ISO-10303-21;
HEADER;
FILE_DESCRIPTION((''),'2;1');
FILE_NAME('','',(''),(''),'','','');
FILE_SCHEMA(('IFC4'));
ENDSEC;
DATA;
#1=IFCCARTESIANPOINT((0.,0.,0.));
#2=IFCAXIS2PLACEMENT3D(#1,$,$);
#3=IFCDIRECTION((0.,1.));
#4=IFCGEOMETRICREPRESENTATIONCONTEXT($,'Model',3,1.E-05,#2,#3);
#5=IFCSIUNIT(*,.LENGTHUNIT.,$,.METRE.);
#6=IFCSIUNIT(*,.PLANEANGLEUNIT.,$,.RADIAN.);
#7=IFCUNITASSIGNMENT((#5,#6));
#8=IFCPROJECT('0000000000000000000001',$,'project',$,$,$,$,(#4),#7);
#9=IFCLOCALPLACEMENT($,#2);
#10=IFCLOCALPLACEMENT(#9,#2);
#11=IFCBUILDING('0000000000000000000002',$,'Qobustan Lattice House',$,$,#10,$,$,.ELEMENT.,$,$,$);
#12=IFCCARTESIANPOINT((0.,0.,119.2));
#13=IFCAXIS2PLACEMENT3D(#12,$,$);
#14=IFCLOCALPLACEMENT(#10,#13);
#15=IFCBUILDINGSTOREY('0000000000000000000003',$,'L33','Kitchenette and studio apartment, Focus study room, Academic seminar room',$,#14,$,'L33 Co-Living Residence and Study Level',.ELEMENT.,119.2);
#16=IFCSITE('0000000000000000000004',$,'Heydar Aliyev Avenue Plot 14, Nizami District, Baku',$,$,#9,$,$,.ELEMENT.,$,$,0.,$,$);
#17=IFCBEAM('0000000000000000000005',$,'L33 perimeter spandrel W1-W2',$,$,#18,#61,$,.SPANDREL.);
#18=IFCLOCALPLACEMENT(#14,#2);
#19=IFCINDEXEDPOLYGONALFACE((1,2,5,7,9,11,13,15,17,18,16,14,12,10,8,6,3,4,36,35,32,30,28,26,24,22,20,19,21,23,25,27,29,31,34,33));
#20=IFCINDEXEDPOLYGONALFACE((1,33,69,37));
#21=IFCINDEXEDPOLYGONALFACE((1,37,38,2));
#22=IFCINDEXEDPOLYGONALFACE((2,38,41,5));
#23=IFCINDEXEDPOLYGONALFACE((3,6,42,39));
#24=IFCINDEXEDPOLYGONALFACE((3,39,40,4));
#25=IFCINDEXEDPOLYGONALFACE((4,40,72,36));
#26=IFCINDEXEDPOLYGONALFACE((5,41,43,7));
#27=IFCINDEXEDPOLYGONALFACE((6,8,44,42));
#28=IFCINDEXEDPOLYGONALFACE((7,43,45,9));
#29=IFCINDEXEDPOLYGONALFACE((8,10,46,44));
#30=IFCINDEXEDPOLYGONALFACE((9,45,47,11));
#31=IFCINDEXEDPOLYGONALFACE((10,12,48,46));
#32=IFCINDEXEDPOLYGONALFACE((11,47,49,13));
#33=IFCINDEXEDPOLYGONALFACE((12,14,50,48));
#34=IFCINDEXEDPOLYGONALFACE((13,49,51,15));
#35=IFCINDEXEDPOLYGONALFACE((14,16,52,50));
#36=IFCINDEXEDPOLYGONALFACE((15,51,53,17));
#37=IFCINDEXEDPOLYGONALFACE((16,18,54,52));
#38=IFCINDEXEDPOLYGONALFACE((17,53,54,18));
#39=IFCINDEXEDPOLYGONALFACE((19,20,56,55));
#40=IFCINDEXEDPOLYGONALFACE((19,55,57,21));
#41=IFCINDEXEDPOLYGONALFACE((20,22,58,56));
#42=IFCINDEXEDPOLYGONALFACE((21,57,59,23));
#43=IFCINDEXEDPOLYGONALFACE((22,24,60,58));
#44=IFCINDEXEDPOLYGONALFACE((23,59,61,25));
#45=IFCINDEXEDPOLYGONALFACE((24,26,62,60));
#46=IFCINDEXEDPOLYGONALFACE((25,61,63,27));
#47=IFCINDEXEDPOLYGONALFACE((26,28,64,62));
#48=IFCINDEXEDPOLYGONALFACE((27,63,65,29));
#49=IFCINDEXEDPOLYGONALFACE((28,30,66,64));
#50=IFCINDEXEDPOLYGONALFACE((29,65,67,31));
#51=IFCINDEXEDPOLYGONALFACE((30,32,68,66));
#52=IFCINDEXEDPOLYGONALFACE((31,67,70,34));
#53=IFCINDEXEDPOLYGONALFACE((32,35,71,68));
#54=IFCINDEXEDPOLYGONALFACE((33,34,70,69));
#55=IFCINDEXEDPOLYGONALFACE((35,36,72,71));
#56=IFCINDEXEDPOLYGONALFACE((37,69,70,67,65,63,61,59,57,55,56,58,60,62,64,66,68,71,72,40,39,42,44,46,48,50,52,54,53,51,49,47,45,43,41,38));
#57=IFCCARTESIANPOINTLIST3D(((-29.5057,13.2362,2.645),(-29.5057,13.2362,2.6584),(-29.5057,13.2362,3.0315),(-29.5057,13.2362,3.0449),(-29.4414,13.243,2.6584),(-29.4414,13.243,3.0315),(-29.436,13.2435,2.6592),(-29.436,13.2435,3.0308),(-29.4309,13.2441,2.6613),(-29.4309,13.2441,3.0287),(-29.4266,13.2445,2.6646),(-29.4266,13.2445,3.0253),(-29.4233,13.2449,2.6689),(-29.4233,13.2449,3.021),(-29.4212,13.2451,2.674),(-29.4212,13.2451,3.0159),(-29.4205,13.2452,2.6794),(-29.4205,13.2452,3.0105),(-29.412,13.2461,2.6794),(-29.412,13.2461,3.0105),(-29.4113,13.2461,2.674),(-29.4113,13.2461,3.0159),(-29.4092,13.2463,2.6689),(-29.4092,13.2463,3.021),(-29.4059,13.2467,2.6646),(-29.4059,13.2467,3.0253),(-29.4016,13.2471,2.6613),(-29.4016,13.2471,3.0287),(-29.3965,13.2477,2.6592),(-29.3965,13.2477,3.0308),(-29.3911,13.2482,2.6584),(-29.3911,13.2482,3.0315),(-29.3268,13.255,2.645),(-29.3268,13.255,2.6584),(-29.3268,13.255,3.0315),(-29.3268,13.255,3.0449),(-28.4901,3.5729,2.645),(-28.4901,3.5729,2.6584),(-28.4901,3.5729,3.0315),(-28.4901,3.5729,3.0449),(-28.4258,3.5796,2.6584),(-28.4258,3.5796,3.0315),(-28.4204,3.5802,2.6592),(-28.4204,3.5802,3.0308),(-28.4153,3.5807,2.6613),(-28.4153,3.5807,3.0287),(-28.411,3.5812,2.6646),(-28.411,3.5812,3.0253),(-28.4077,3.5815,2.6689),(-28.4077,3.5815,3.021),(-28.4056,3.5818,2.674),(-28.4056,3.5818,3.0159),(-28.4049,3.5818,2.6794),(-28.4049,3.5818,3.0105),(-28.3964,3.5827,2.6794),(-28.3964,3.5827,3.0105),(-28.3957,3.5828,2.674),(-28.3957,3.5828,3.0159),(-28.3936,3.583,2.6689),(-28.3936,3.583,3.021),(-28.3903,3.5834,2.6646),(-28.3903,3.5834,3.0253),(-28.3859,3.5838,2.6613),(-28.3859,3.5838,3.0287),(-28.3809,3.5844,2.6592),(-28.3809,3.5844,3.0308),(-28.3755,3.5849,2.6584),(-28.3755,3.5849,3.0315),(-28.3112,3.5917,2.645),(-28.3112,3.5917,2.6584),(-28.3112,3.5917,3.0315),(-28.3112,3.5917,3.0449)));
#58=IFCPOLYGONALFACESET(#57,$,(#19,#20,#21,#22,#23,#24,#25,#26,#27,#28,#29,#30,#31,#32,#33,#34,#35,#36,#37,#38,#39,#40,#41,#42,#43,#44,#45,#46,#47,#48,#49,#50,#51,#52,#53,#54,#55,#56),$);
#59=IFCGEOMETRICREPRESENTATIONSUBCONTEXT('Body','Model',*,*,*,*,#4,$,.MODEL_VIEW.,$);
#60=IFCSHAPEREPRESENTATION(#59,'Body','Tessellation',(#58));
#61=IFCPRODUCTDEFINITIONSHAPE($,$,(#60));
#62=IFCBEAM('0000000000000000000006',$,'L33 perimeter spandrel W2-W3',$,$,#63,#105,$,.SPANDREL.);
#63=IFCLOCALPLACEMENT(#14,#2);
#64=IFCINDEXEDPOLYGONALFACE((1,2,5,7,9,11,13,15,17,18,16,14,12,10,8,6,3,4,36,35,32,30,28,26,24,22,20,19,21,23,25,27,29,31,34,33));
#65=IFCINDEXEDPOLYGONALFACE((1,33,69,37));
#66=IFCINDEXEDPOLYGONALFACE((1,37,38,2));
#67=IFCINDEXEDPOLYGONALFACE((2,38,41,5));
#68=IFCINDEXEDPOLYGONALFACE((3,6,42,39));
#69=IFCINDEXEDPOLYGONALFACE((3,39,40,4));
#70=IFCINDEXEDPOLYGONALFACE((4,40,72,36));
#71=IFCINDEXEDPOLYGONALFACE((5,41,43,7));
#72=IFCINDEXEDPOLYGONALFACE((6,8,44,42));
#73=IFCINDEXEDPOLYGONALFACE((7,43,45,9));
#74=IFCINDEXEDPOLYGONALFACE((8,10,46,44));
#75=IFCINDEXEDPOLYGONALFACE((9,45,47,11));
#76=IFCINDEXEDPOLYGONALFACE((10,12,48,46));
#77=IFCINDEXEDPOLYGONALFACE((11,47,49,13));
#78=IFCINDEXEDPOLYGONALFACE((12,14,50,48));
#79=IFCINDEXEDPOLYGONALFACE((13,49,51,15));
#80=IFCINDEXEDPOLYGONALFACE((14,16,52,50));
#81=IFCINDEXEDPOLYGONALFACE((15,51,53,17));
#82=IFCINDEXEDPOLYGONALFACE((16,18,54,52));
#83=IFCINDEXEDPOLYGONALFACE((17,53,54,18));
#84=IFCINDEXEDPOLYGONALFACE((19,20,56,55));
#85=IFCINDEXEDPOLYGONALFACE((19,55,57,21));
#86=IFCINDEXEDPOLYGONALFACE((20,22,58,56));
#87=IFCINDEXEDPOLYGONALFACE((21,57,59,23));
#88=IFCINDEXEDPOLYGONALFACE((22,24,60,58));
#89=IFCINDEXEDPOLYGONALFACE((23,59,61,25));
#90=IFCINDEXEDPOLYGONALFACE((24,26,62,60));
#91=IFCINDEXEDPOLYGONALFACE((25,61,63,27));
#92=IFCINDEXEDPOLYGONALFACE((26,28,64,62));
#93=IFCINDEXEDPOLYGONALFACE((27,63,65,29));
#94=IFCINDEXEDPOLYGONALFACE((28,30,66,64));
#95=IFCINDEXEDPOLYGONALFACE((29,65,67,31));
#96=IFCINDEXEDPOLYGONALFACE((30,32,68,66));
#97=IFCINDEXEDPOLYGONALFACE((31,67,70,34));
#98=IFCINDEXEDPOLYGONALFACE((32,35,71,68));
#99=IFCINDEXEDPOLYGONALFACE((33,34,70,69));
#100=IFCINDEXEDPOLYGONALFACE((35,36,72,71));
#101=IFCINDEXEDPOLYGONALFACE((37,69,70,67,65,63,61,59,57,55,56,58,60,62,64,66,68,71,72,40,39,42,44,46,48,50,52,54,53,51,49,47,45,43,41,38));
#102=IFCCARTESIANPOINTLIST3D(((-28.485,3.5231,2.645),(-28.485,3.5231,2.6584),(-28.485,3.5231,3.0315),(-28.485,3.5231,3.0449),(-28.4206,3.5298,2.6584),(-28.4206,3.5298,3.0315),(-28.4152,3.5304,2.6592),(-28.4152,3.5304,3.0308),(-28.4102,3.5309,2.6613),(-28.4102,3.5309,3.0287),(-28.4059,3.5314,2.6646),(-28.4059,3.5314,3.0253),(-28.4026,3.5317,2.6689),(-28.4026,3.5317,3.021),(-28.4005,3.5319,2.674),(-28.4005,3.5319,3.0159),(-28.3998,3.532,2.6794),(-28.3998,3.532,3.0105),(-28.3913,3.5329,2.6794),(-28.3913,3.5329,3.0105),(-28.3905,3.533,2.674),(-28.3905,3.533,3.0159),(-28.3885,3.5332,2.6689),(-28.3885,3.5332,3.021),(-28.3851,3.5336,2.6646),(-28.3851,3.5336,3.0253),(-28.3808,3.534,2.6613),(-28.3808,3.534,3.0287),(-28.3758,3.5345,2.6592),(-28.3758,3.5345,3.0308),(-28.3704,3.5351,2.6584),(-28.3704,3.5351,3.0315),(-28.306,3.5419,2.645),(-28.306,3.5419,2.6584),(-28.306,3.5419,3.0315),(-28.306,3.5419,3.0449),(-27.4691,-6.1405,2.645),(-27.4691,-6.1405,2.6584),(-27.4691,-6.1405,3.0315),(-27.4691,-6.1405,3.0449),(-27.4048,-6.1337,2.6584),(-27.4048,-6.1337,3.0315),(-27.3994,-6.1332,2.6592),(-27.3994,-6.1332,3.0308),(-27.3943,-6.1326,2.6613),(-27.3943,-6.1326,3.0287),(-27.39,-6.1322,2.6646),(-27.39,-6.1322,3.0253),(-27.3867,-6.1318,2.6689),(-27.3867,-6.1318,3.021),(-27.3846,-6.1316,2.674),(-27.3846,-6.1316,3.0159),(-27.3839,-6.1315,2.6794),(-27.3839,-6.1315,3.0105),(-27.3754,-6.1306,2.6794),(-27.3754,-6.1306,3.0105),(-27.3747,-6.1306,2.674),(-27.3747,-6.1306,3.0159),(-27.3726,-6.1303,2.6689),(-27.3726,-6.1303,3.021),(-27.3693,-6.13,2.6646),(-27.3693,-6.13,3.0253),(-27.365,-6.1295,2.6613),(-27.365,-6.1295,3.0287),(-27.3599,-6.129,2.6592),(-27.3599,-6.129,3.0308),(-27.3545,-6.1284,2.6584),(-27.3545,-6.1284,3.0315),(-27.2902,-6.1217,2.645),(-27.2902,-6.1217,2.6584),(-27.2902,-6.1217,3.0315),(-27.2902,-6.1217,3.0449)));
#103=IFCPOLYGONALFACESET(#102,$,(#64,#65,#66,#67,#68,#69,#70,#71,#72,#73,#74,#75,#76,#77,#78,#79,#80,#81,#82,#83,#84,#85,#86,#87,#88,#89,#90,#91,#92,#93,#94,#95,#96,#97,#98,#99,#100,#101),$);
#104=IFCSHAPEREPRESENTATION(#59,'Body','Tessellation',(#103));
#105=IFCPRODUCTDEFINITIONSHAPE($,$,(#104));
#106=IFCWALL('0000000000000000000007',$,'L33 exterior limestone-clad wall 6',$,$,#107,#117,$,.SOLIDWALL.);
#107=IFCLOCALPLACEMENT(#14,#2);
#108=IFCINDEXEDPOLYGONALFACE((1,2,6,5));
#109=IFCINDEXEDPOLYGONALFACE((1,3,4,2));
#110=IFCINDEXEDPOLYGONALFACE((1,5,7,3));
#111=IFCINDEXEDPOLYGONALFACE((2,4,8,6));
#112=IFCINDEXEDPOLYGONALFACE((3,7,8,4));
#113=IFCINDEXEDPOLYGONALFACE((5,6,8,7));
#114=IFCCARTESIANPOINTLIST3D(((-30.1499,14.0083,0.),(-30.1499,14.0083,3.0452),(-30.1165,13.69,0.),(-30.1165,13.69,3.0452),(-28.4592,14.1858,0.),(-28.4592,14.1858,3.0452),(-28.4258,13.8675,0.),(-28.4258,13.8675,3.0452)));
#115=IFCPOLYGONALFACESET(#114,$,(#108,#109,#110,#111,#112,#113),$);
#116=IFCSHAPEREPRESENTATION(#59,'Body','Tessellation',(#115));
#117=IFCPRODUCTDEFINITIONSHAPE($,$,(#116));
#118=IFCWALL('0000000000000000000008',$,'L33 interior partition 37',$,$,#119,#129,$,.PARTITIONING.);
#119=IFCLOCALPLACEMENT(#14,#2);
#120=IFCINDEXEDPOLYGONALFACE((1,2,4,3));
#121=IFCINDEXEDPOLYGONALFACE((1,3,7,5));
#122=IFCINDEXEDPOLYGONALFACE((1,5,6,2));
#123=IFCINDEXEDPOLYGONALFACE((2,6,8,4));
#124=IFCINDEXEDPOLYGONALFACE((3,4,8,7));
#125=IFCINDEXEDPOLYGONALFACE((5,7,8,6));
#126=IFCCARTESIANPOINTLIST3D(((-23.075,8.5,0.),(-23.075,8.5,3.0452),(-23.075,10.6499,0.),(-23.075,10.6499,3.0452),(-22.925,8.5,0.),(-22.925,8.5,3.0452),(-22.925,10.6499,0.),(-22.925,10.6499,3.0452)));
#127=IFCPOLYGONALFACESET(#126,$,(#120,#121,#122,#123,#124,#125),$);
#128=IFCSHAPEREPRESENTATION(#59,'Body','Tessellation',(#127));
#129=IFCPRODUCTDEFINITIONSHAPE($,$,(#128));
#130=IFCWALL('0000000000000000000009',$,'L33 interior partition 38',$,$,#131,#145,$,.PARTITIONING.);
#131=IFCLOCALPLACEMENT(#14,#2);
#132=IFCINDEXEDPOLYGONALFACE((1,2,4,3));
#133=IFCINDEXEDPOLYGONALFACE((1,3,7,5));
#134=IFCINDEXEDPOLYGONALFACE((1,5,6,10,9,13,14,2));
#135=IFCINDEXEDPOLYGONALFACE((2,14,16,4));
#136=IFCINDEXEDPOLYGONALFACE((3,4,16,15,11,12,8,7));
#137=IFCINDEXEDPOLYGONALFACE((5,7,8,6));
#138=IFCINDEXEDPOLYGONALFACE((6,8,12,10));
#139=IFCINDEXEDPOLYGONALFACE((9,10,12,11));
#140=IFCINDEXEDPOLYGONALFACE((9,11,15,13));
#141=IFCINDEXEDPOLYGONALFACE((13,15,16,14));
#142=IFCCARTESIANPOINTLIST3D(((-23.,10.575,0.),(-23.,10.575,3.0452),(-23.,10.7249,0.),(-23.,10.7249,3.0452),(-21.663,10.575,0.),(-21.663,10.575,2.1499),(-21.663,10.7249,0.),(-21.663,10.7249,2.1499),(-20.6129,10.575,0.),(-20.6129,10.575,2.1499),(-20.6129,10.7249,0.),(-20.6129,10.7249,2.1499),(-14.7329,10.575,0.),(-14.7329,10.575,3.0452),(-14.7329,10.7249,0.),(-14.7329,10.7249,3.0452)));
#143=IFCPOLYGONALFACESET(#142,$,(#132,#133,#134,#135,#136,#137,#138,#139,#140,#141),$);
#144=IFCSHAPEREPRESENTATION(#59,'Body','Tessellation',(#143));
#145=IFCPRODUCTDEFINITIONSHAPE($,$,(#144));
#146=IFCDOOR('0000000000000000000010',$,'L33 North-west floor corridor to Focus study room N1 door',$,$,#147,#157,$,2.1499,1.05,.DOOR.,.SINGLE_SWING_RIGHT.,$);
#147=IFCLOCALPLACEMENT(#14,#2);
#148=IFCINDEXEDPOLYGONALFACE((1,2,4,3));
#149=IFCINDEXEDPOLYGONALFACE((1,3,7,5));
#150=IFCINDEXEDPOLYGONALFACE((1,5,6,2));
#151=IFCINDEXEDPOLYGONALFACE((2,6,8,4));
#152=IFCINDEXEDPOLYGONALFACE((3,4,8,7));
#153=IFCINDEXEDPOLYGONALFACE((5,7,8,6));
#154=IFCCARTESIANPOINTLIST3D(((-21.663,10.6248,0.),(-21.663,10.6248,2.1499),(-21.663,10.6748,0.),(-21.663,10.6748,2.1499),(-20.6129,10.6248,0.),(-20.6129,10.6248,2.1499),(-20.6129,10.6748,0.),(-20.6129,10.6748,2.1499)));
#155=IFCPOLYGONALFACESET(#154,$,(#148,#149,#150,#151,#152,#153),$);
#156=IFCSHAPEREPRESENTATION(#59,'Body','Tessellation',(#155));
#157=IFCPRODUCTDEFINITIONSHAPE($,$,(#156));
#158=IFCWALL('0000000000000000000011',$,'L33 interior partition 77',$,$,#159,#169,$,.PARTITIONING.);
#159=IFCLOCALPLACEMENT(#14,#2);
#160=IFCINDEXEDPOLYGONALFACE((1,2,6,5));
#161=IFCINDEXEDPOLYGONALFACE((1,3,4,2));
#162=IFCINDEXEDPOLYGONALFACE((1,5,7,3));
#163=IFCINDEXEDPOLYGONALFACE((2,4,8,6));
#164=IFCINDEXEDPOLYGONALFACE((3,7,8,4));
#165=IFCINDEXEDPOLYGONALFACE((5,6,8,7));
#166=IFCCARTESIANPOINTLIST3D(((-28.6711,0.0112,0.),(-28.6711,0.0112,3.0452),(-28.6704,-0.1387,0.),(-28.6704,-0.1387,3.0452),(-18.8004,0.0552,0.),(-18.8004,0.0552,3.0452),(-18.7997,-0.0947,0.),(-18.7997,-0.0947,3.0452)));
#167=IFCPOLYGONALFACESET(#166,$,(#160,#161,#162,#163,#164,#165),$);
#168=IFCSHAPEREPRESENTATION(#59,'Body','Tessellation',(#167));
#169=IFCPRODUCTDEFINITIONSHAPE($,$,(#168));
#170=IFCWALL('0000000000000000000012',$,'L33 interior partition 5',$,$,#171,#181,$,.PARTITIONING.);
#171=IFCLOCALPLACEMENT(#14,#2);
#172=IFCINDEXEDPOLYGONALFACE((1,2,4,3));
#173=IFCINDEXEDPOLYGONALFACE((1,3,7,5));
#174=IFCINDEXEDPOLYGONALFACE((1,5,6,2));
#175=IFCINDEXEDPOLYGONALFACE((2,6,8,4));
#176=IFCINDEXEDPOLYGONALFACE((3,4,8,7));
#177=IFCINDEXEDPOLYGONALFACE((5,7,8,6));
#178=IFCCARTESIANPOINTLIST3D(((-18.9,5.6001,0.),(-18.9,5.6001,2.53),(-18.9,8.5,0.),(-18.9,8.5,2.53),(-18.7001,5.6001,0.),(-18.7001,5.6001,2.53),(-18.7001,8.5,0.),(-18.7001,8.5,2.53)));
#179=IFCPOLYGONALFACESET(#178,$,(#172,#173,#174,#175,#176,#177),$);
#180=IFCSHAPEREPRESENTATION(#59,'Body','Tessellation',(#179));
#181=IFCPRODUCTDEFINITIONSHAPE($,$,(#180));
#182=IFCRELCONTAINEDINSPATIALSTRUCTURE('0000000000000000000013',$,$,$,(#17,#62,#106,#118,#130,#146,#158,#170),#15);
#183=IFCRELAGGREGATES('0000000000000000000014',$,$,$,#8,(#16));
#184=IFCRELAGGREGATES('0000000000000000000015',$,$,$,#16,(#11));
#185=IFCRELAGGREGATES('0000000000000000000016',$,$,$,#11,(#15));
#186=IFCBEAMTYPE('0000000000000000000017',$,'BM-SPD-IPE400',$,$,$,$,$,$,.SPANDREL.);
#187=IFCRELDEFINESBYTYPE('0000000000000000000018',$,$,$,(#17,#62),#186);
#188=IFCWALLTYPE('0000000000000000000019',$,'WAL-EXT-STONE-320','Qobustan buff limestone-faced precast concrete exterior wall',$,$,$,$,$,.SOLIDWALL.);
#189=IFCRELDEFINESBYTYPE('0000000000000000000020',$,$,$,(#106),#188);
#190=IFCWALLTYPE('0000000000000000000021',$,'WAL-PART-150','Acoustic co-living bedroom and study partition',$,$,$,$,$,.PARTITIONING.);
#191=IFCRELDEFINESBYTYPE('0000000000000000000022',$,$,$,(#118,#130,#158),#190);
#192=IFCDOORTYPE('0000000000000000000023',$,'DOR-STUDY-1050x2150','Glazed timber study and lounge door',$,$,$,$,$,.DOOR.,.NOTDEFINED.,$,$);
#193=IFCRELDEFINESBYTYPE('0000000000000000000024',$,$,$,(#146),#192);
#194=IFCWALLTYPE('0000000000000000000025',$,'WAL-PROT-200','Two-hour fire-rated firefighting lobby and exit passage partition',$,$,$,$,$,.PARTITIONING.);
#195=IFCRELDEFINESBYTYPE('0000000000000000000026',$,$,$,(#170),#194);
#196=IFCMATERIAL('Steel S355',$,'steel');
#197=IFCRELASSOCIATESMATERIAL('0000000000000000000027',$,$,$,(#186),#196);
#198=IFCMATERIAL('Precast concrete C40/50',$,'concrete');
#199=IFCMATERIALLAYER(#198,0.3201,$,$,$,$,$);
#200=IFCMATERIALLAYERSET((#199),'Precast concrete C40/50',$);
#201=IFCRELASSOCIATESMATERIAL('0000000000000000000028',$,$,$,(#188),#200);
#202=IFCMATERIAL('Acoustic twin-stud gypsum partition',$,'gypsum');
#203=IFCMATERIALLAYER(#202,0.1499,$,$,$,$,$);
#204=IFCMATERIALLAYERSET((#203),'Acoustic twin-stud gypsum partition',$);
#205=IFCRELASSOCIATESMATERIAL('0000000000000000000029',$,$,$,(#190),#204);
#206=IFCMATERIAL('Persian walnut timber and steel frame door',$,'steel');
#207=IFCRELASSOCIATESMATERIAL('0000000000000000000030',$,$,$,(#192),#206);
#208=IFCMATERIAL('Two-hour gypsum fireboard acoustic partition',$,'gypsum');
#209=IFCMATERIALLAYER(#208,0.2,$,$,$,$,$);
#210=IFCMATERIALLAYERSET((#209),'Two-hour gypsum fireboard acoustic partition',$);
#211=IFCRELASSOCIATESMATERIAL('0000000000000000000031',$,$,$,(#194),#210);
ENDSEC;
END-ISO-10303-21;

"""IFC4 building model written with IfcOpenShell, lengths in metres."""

from ifc_helpers import new_model, si_unit, direction, frame, frame_2d, origin, origin_2d, place, context, subcontext, project, spatial, rectangle, i_section, extrude, material, layer, layer_set, material_profile, profile_set, type_object, element, fill, save


model = new_model("IFC4")

# Units and contexts
model_context = context("Model", 3, precision=1e-05, world=origin(), true_north=direction((0.0, 1.0)))
body_context = subcontext(model_context, "Body", "Model", "MODEL_VIEW")
ifc_project = project(units=[si_unit("LENGTHUNIT", "METRE"), si_unit("PLANEANGLEUNIT", "RADIAN")], contexts=[model_context])

# Site, building, storey
site_placement = place(None, origin())
site = spatial("IfcSite", under=ifc_project, at=site_placement, Name="Heydar Aliyev Avenue Plot 14, Nizami District, Baku", CompositionType="ELEMENT", RefElevation=0.0)
building_placement = place(site_placement, origin())
building = spatial("IfcBuilding", under=site, at=building_placement, Name="Qobustan Lattice House", CompositionType="ELEMENT")
storey_placement = place(building_placement, frame((0.0, 0.0, 119.2)))
storey = spatial("IfcBuildingStorey", under=building, at=storey_placement, Name="L33", Description="Kitchenette and studio apartment, Focus study room, Academic seminar room", LongName="L33 Co-Living Residence and Study Level", CompositionType="ELEMENT", Elevation=119.2)

# Beams
ifc_material_1 = material(Name="Steel S355", Category="steel")
ifc_material_profile_1 = material_profile(ifc_material_1, i_section(OverallWidth=0.1799, OverallDepth=0.3999, WebThickness=0.0085, FlangeThickness=0.0134, FilletRadius=0.021, at=origin_2d()), Name="IPE400")
ifc_profile_set_1 = profile_set([ifc_material_profile_1], Name="Steel S355")
beam_type_1 = type_object("IfcBeamType", Name="BM-SPD-IPE400", PredefinedType="SPANDREL", material=ifc_profile_set_1)
beam_1_placement = place(storey_placement, frame((-29.4163, 13.2456, 2.845), z_axis=(0.104525, -0.994522, 0.0), x_axis=(0.994522, 0.104525, 0.0)))
element("IfcBeam", 1, at=beam_1_placement, inside=storey, type_object=beam_type_1, Name="L33 perimeter spandrel W1-W2", PredefinedType="SPANDREL", context=body_context, shape_type="SweptSolid", body=[
    extrude(i_section(OverallWidth=0.1799, OverallDepth=0.3999, WebThickness=0.0085, FlangeThickness=0.0134, FilletRadius=0.021, at=origin_2d()), origin(), (0.0, 0.0, 1.0), 9.7166),
])
beam_2_placement = place(storey_placement, frame((-28.3955, 3.5325, 2.845), z_axis=(0.104547, -0.99452, 0.0), x_axis=(0.99452, 0.104547, 0.0)))
element("IfcBeam", 2, at=beam_2_placement, inside=storey, type_object=beam_type_1, Name="L33 perimeter spandrel W2-W3", PredefinedType="SPANDREL", context=body_context, shape_type="SweptSolid", body=[
    extrude(i_section(OverallWidth=0.1799, OverallDepth=0.3999, WebThickness=0.0085, FlangeThickness=0.0134, FilletRadius=0.021, at=origin_2d()), origin(), (0.0, 0.0, 1.0), 9.7168),
])

# Wall
ifc_material_2 = material(Name="Precast concrete C40/50", Category="concrete")
ifc_layer_1 = layer(ifc_material_2, 0.3201)
ifc_layer_set_1 = layer_set([ifc_layer_1], Name="Precast concrete C40/50")
wall_type_1 = type_object("IfcWallType", Name="WAL-EXT-STONE-320", Description="Qobustan buff limestone-faced precast concrete exterior wall", PredefinedType="SOLIDWALL", material=ifc_layer_set_1)
wall_1_placement = place(storey_placement, frame((-30.1333, 13.8491, 0.0), z_axis=(0.0, 0.0, 1.0), x_axis=(0.994535, 0.104408, 0.0)))
element("IfcWall", 3, at=wall_1_placement, inside=storey, type_object=wall_type_1, Name="L33 exterior limestone-clad wall 6", PredefinedType="SOLIDWALL", context=body_context, shape_type="SweptSolid", body=[
    extrude(rectangle(XDim=1.7, YDim=0.3201, at=frame_2d((0.8501, 0.0))), origin(), (0.0, 0.0, 1.0), 3.0452),
])

# Shared definitions
ifc_material_3 = material(Name="Acoustic twin-stud gypsum partition", Category="gypsum")
ifc_layer_2 = layer(ifc_material_3, 0.1499)
ifc_layer_set_2 = layer_set([ifc_layer_2], Name="Acoustic twin-stud gypsum partition")
wall_type_2 = type_object("IfcWallType", Name="WAL-PART-150", Description="Acoustic co-living bedroom and study partition", PredefinedType="PARTITIONING", material=ifc_layer_set_2)
ifc_material_4 = material(Name="Persian walnut timber and steel frame door", Category="steel")
door_type_1 = type_object("IfcDoorType", Name="DOR-STUDY-1050x2150", Description="Glazed timber study and lounge door", OperationType="NOTDEFINED", PredefinedType="DOOR", material=ifc_material_4)

# Wall
wall_2_placement = place(storey_placement, frame((-23.0, 8.5, 0.0), z_axis=(0.0, 0.0, 1.0), x_axis=(0.0, 1.0, 0.0)))
element("IfcWall", 4, at=wall_2_placement, inside=storey, type_object=wall_type_2, Name="L33 interior partition 37", PredefinedType="PARTITIONING", context=body_context, shape_type="SweptSolid", body=[
    extrude(rectangle(XDim=2.1499, YDim=0.1499, at=frame_2d((1.075, 0.0))), origin(), (0.0, 0.0, 1.0), 3.0452),
])

# Wall, opening, door
wall_3_placement = place(storey_placement, frame((-23.0, 10.6499, 0.0), z_axis=(0.0, 0.0, 1.0), x_axis=(1.0, 0.0, 0.0)))
wall_3 = element("IfcWall", 5, at=wall_3_placement, inside=storey, type_object=wall_type_2, Name="L33 interior partition 38", PredefinedType="PARTITIONING", context=body_context, shape_type="SweptSolid", body=[
    extrude(rectangle(XDim=8.2671, YDim=0.1499, at=frame_2d((4.1335, 0.0))), origin(), (0.0, 0.0, 1.0), 3.0452),
])
opening_1_placement = place(wall_3_placement, frame((1.3372, 0.0, 0.0)))
opening_1 = element("IfcOpeningElement", 6, at=opening_1_placement, cuts=wall_3, PredefinedType="OPENING", context=body_context, shape_type="SweptSolid", body=[
    extrude(rectangle(XDim=1.05, YDim=2.1499, at=frame_2d((0.5249, 1.075))), frame((0.0, 0.085, 0.0), z_axis=(0.0, -1.0, 0.0), x_axis=(1.0, 0.0, 0.0)), (0.0, 0.0, 1.0), 0.1699),
])
door_1_placement = place(opening_1_placement, origin())
door_1 = element("IfcDoor", 7, at=door_1_placement, inside=storey, type_object=door_type_1, Name="L33 North-west floor corridor to Focus study room N1 door", OperationType="SINGLE_SWING_RIGHT", OverallHeight=2.1499, OverallWidth=1.05, PredefinedType="DOOR", context=body_context, shape_type="SweptSolid", body=[
    extrude(rectangle(XDim=1.05, YDim=2.1499, at=frame_2d((0.5249, 1.075))), frame((0.0, 0.0249, 0.0), z_axis=(0.0, -1.0, 0.0), x_axis=(1.0, 0.0, 0.0)), (0.0, 0.0, 1.0), 0.05),
])
fill(opening_1, door_1)

# Walls
wall_4_placement = place(storey_placement, frame((-28.6709, -0.0637, 0.0), z_axis=(0.0, 0.0, 1.0), x_axis=(0.99999, 0.004452, 0.0)))
element("IfcWall", 8, at=wall_4_placement, inside=storey, type_object=wall_type_2, Name="L33 interior partition 77", PredefinedType="PARTITIONING", context=body_context, shape_type="SweptSolid", body=[
    extrude(rectangle(XDim=9.8708, YDim=0.1499, at=frame_2d((4.9355, 0.0))), origin(), (0.0, 0.0, 1.0), 3.0452),
])
ifc_material_5 = material(Name="Two-hour gypsum fireboard acoustic partition", Category="gypsum")
ifc_layer_3 = layer(ifc_material_5, 0.2)
ifc_layer_set_3 = layer_set([ifc_layer_3], Name="Two-hour gypsum fireboard acoustic partition")
wall_type_3 = type_object("IfcWallType", Name="WAL-PROT-200", Description="Two-hour fire-rated firefighting lobby and exit passage partition", PredefinedType="PARTITIONING", material=ifc_layer_set_3)
wall_5_placement = place(storey_placement, frame((-18.8, 8.5, 0.0), z_axis=(0.0, 0.0, 1.0), x_axis=(0.0, -1.0, 0.0)))
element("IfcWall", 9, at=wall_5_placement, inside=storey, type_object=wall_type_3, Name="L33 interior partition 5", PredefinedType="PARTITIONING", context=body_context, shape_type="SweptSolid", body=[
    extrude(rectangle(XDim=2.8999, YDim=0.2, at=frame_2d((1.45, 0.0))), origin(), (0.0, 0.0, 1.0), 2.53),
])

save(model, "model.ifc")
